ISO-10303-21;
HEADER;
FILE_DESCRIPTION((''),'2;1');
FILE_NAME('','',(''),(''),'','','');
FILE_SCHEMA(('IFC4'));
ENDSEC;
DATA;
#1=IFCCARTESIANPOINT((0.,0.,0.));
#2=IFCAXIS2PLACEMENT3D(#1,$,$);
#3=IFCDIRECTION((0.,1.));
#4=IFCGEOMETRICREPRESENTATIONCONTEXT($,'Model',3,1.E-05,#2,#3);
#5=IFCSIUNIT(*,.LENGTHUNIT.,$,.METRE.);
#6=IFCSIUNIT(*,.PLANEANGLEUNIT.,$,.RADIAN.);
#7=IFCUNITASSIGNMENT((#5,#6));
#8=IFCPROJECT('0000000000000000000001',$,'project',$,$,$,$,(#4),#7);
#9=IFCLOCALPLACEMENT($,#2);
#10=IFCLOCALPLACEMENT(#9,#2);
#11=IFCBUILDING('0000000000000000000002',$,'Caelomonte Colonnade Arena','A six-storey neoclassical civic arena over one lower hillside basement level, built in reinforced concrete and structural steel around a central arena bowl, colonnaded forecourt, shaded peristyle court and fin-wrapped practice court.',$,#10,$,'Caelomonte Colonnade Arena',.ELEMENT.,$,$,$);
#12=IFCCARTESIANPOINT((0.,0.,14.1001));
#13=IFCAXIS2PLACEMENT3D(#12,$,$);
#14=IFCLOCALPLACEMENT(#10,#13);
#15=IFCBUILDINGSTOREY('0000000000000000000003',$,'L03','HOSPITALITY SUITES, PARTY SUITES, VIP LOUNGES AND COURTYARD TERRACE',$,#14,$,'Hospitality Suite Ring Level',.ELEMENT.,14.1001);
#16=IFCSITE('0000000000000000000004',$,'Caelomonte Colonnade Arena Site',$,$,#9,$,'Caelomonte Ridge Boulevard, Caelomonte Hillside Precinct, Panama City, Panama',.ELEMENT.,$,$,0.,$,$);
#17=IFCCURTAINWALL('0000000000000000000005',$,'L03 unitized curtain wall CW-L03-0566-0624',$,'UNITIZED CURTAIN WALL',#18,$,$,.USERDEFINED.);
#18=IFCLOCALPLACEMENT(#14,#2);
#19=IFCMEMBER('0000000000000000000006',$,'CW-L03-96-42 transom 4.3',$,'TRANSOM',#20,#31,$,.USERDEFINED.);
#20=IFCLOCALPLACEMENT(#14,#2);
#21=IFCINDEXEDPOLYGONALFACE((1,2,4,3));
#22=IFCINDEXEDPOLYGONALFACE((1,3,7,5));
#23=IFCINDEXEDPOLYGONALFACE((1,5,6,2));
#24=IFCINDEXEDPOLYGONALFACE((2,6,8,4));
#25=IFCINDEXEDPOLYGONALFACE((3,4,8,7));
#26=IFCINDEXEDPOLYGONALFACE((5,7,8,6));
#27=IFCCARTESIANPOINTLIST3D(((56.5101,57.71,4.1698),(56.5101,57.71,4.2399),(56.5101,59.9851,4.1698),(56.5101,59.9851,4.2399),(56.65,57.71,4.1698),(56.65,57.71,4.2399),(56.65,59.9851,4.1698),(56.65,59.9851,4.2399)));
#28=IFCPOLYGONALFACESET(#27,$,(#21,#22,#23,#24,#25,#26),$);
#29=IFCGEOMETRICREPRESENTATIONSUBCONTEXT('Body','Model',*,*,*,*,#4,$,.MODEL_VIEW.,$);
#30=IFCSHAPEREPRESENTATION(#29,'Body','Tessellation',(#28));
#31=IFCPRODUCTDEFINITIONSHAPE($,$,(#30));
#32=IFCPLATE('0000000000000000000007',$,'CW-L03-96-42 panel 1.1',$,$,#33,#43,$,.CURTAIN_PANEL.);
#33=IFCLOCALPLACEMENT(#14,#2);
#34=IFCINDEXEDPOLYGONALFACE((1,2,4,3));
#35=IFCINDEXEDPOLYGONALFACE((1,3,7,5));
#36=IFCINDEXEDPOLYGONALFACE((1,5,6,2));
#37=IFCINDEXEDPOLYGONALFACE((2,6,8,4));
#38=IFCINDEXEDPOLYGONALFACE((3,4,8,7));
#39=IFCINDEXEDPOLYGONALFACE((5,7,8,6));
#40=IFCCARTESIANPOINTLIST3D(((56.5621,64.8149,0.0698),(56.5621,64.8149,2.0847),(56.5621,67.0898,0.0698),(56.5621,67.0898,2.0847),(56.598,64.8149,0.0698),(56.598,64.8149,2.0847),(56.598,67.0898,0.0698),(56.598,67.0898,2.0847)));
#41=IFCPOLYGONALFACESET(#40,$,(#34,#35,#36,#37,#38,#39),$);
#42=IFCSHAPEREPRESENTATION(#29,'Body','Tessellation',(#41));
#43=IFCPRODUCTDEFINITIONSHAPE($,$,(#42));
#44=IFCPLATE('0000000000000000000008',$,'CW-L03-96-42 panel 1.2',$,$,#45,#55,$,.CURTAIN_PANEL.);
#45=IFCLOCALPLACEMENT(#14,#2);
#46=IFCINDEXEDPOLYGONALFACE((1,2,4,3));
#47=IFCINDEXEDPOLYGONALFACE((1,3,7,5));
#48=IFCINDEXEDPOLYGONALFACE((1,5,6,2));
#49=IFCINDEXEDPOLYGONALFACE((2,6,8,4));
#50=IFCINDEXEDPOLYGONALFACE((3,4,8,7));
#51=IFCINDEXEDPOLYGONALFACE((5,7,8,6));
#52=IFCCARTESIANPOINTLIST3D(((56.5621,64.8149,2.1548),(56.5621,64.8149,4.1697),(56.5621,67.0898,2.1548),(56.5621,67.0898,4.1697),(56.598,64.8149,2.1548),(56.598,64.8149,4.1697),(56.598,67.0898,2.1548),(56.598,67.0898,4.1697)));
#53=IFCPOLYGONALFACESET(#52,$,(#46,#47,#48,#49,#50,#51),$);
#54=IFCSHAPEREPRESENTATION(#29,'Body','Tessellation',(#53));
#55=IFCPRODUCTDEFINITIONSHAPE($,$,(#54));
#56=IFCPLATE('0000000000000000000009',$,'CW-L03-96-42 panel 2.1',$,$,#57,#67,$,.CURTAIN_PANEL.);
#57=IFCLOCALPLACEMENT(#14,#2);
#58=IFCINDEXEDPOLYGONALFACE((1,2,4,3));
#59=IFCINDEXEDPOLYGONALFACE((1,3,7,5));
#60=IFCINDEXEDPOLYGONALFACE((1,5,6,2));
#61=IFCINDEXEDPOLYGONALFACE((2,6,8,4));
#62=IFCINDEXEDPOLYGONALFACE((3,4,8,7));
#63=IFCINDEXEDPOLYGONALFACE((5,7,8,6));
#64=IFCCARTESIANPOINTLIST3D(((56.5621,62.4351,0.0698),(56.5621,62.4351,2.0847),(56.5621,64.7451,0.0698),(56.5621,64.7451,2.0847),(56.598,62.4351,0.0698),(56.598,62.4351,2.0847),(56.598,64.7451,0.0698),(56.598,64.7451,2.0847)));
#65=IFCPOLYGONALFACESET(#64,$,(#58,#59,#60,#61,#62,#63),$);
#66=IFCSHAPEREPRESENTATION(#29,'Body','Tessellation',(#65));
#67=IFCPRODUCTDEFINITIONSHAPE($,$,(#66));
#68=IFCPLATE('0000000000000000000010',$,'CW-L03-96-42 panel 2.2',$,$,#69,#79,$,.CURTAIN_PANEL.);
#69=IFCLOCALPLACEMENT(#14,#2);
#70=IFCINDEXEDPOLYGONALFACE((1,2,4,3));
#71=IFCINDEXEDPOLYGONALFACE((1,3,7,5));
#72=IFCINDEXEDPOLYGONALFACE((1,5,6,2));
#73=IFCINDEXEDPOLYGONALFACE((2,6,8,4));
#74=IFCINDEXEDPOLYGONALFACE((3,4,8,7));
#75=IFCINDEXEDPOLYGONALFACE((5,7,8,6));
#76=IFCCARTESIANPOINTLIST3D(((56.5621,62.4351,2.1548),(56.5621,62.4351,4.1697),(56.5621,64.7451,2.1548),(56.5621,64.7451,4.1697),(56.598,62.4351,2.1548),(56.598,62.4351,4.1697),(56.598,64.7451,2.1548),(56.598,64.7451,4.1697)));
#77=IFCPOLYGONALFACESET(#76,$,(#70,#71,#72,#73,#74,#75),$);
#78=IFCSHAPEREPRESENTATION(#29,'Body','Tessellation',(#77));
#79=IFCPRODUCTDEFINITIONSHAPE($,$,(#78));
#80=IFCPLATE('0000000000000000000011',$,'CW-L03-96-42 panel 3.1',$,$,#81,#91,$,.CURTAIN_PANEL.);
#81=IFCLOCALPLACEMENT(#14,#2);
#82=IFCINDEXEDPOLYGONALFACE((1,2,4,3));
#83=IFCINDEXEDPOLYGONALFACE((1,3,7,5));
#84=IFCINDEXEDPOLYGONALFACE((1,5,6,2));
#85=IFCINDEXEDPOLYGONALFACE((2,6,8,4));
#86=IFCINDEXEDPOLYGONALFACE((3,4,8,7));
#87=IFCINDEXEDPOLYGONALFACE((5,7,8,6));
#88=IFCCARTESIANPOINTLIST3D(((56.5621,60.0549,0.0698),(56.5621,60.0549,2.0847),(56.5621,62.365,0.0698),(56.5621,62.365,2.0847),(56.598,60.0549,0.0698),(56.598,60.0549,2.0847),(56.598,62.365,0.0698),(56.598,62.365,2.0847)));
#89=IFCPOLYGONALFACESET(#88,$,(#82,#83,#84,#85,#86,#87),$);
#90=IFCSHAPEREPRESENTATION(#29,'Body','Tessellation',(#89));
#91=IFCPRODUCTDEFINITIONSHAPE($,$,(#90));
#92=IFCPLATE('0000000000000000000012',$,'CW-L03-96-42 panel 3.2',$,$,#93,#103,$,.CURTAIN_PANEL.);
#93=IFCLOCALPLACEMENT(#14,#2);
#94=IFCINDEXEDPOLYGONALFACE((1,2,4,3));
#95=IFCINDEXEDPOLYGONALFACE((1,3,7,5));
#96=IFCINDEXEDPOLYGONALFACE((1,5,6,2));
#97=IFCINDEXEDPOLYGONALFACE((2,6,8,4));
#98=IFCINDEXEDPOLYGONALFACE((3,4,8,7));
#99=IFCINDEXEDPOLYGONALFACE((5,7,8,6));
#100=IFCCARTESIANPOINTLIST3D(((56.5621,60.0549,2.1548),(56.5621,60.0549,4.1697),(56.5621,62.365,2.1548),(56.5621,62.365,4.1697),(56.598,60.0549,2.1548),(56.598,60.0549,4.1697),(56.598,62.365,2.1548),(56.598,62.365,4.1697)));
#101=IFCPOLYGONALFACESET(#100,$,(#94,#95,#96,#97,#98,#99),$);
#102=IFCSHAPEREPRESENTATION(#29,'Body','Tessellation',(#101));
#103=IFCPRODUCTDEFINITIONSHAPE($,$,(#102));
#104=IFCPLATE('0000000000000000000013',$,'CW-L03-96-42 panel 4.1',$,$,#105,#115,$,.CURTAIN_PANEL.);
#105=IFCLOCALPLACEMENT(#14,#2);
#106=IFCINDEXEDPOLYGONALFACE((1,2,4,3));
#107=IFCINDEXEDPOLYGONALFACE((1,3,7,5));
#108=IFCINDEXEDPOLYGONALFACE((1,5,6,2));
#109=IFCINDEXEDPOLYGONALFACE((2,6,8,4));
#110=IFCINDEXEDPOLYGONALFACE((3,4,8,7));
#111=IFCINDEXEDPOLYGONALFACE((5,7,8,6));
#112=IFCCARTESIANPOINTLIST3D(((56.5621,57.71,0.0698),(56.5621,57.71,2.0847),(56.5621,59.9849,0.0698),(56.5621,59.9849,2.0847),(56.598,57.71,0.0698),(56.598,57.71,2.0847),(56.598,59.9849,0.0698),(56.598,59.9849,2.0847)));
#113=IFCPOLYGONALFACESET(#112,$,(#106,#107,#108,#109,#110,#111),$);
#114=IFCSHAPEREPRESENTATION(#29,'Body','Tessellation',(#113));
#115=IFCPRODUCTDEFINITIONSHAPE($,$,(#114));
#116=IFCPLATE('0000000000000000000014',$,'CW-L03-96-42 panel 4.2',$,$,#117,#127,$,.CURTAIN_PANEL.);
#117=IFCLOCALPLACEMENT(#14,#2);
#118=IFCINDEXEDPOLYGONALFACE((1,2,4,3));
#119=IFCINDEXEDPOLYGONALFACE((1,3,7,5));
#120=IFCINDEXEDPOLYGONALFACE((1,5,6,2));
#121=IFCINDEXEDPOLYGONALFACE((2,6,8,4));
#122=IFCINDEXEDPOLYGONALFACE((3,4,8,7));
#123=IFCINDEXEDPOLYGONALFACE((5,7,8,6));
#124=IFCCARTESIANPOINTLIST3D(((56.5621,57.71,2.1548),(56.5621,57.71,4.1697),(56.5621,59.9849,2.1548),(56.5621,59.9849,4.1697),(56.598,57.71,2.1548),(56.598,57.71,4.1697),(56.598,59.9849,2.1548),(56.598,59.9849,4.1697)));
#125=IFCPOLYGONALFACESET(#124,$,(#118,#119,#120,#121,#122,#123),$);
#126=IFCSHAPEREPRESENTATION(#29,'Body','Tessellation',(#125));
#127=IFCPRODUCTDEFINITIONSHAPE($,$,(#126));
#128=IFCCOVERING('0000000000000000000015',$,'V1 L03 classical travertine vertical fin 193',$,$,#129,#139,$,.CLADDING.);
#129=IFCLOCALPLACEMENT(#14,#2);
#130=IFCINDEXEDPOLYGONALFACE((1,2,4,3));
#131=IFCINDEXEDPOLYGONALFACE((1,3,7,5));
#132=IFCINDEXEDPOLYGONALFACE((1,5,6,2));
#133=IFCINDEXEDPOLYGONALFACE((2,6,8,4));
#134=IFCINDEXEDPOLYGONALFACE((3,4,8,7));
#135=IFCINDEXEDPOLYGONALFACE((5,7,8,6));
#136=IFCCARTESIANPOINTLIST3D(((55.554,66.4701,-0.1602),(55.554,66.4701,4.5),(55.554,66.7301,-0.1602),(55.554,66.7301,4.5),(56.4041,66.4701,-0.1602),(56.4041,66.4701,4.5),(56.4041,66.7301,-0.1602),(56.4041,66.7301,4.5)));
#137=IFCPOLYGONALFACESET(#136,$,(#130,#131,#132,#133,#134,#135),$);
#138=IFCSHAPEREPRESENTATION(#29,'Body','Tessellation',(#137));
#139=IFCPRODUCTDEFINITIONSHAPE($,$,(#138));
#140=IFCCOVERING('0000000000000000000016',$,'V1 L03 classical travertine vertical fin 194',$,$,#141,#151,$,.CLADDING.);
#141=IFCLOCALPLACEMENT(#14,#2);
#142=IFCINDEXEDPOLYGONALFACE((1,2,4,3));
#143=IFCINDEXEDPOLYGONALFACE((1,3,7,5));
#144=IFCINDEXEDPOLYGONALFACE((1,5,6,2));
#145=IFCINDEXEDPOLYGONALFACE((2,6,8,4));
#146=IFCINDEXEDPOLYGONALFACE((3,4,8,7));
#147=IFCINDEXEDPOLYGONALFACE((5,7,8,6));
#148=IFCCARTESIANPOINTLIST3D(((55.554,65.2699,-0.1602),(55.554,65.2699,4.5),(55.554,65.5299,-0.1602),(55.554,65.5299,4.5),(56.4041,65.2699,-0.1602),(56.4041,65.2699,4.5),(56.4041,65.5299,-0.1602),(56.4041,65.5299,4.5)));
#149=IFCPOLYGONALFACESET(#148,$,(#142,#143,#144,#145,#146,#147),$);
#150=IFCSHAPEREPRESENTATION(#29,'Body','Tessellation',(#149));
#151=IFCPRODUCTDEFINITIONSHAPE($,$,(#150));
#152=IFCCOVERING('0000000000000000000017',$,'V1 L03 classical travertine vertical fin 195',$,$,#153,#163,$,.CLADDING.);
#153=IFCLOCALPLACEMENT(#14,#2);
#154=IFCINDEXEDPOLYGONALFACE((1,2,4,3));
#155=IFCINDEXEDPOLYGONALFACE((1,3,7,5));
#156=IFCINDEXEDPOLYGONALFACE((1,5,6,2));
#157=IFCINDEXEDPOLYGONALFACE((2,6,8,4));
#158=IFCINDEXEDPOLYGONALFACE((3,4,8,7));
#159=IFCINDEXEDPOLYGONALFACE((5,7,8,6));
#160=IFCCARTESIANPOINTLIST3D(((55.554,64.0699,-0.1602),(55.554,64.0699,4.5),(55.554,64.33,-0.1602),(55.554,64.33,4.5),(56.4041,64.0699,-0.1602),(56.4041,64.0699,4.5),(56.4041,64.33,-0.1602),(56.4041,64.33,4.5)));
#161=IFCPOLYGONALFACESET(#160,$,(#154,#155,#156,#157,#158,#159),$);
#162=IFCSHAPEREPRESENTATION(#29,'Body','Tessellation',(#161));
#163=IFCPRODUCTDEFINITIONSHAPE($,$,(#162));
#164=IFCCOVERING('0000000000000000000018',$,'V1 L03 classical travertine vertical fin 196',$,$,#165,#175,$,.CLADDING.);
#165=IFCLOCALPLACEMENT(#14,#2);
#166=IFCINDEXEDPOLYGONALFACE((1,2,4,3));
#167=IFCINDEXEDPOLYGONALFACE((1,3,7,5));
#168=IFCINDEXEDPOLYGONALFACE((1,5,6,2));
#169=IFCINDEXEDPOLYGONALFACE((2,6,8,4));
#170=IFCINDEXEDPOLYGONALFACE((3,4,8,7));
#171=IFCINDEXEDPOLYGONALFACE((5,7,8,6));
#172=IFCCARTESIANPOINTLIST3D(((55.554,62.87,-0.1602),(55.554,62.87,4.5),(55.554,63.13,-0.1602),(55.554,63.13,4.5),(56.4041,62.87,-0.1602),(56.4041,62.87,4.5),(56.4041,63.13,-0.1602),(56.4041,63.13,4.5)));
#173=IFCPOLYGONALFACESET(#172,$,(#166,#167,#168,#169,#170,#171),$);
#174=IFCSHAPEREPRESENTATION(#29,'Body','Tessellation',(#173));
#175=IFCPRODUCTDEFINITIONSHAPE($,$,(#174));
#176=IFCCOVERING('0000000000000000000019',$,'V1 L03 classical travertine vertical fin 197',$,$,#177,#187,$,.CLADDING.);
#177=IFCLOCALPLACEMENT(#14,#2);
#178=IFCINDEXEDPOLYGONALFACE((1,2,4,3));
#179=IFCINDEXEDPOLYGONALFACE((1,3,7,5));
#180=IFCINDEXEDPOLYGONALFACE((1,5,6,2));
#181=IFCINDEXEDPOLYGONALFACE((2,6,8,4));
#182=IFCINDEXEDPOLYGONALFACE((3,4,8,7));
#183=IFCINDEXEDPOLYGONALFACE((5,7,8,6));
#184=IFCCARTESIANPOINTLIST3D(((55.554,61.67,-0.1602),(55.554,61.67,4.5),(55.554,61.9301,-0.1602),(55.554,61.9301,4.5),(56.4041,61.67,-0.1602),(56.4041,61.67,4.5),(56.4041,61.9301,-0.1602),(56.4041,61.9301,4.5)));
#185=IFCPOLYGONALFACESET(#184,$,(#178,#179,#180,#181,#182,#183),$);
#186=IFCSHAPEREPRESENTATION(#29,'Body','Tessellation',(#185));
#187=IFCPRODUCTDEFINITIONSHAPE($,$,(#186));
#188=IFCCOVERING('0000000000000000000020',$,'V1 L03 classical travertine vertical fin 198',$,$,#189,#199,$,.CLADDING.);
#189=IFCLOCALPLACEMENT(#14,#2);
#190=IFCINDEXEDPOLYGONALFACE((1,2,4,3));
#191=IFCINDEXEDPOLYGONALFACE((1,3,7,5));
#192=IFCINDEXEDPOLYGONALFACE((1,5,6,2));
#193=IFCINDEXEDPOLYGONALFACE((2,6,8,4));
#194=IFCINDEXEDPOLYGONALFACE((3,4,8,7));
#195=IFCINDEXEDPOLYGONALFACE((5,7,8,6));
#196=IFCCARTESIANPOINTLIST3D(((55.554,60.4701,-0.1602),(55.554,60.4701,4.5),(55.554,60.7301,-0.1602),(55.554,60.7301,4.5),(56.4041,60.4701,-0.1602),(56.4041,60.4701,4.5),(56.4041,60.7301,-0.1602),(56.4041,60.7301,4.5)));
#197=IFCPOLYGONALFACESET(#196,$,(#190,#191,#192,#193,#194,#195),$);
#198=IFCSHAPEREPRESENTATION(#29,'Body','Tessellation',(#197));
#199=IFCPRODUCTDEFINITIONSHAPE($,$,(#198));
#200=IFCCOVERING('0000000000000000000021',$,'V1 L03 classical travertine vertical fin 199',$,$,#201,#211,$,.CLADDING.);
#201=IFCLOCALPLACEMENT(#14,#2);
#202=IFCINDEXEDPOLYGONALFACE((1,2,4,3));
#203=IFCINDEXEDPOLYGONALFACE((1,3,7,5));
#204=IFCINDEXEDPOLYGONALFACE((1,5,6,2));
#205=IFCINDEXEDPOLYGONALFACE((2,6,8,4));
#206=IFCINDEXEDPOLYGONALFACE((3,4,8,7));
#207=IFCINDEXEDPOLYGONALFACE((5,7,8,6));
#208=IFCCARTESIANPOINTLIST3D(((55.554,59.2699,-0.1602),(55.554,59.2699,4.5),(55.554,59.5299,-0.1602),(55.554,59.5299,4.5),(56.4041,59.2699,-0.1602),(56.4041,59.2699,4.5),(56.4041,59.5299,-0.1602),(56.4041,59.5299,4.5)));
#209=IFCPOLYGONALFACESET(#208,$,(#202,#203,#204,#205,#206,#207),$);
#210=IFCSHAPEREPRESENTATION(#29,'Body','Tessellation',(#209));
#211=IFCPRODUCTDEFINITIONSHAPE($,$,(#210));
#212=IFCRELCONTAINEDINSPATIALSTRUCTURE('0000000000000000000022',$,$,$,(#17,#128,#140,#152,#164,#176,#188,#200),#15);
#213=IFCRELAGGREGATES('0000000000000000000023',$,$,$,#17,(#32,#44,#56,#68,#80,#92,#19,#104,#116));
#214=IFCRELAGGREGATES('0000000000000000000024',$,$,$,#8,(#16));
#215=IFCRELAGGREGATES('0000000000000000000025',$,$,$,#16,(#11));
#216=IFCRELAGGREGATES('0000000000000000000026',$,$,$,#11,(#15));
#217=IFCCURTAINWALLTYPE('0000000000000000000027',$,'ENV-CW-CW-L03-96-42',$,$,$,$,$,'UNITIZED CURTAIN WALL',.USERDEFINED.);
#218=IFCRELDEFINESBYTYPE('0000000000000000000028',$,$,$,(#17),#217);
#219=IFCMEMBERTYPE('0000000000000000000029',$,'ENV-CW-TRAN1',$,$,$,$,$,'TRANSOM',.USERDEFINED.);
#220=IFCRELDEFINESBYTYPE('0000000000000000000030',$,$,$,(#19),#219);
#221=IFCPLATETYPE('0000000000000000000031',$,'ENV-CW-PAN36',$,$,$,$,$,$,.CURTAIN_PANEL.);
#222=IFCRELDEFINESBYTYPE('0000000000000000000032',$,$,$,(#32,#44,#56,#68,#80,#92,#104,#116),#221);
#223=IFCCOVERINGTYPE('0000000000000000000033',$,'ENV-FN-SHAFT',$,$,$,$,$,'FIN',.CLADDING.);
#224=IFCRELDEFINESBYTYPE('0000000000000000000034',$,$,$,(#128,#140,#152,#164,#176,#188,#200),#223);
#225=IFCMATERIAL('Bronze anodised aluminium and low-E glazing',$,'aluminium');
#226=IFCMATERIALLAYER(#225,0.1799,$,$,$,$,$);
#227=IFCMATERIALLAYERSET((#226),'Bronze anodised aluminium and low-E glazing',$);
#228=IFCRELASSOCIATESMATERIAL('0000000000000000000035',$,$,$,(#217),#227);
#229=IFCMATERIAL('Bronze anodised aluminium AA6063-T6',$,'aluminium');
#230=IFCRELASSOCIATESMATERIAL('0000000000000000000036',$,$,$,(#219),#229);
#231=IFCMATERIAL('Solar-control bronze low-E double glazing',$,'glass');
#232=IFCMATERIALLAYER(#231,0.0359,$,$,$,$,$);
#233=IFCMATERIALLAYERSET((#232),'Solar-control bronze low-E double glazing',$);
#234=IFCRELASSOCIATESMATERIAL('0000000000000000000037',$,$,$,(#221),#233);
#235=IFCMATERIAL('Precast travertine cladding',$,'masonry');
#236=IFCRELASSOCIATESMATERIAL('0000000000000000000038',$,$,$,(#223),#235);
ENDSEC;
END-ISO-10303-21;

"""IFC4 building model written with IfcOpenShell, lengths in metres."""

from ifc_helpers import new_model, si_unit, direction, frame, origin, origin_2d, place, context, subcontext, project, spatial, rectangle, extrude, material, layer, layer_set, material_profile, profile_set, type_object, element, aggregate, save


model = new_model("IFC4")

# Units and contexts
model_context = context("Model", 3, precision=1e-05, world=origin(), true_north=direction((0.0, 1.0)))
body_context = subcontext(model_context, "Body", "Model", "MODEL_VIEW")
ifc_project = project(units=[si_unit("LENGTHUNIT", "METRE"), si_unit("PLANEANGLEUNIT", "RADIAN")], contexts=[model_context])

# Site, building, storey
site_placement = place(None, origin())
site = spatial("IfcSite", under=ifc_project, at=site_placement, Name="Caelomonte Colonnade Arena Site", LongName="Caelomonte Ridge Boulevard, Caelomonte Hillside Precinct, Panama City, Panama", CompositionType="ELEMENT", RefElevation=0.0)
building_placement = place(site_placement, origin())
building = spatial("IfcBuilding", under=site, at=building_placement, Name="Caelomonte Colonnade Arena", Description="A six-storey neoclassical civic arena over one lower hillside basement level, built in reinforced concrete and structural steel around a central arena bowl, colonnaded forecourt, shaded peristyle court and fin-wrapped practice court.", LongName="Caelomonte Colonnade Arena", CompositionType="ELEMENT")
storey_placement = place(building_placement, frame((0.0, 0.0, 14.1001)))
storey = spatial("IfcBuildingStorey", under=building, at=storey_placement, Name="L03", Description="HOSPITALITY SUITES, PARTY SUITES, VIP LOUNGES AND COURTYARD TERRACE", LongName="Hospitality Suite Ring Level", CompositionType="ELEMENT", Elevation=14.1001)

# Curtain wall, member, plates
ifc_material_1 = material(Name="Bronze anodised aluminium and low-E glazing", Category="aluminium")
ifc_layer_1 = layer(ifc_material_1, 0.1799)
ifc_layer_set_1 = layer_set([ifc_layer_1], Name="Bronze anodised aluminium and low-E glazing")
curtain_wall_type = type_object("IfcCurtainWallType", Name="ENV-CW-CW-L03-96-42", ElementType="UNITIZED CURTAIN WALL", PredefinedType="USERDEFINED", material=ifc_layer_set_1)
curtain_wall_placement = place(storey_placement, origin())
curtain_wall = element("IfcCurtainWall", 1, at=curtain_wall_placement, inside=storey, type_object=curtain_wall_type, Name="L03 unitized curtain wall CW-L03-0566-0624", ObjectType="UNITIZED CURTAIN WALL", PredefinedType="USERDEFINED")
ifc_material_2 = material(Name="Bronze anodised aluminium AA6063-T6", Category="aluminium")
ifc_material_profile_1 = material_profile(ifc_material_2, rectangle(XDim=0.0701, YDim=0.1399, at=origin_2d()), Name="CWT-70X140")
ifc_profile_set_1 = profile_set([ifc_material_profile_1], Name="Bronze anodised aluminium AA6063-T6")
member_type_1 = type_object("IfcMemberType", Name="ENV-CW-TRAN1", ElementType="TRANSOM", PredefinedType="USERDEFINED", material=ifc_profile_set_1)
member_1_placement = place(storey_placement, frame((56.5801, 59.9851, 4.2048), z_axis=(0.0, -1.0, 0.0), x_axis=(0.0, 0.0, 1.0)))
member_1 = element("IfcMember", 2, at=member_1_placement, type_object=member_type_1, Name="CW-L03-96-42 transom 4.3", ObjectType="TRANSOM", PredefinedType="USERDEFINED", context=body_context, shape_type="SweptSolid", body=[
    extrude(rectangle(XDim=0.0701, YDim=0.1399, at=origin_2d()), origin(), (0.0, 0.0, 1.0), 2.2751),
])
ifc_material_3 = material(Name="Solar-control bronze low-E double glazing", Category="glass")
ifc_layer_2 = layer(ifc_material_3, 0.0359)
ifc_layer_set_2 = layer_set([ifc_layer_2], Name="Solar-control bronze low-E double glazing")
plate_type = type_object("IfcPlateType", Name="ENV-CW-PAN36", PredefinedType="CURTAIN_PANEL", material=ifc_layer_set_2)
plate_1_placement = place(storey_placement, frame((56.5801, 65.9524, 0.0698), z_axis=(0.0, 0.0, 1.0), x_axis=(0.0, -1.0, 0.0)))
plate_1 = element("IfcPlate", 3, at=plate_1_placement, type_object=plate_type, Name="CW-L03-96-42 panel 1.1", PredefinedType="CURTAIN_PANEL", context=body_context, shape_type="SweptSolid", body=[
    extrude(rectangle(XDim=2.2749, YDim=0.0359, at=origin_2d()), origin(), (0.0, 0.0, 1.0), 2.0149),
])
plate_2_placement = place(storey_placement, frame((56.5801, 65.9524, 2.1548), z_axis=(0.0, 0.0, 1.0), x_axis=(0.0, -1.0, 0.0)))
plate_2 = element("IfcPlate", 4, at=plate_2_placement, type_object=plate_type, Name="CW-L03-96-42 panel 1.2", PredefinedType="CURTAIN_PANEL", context=body_context, shape_type="SweptSolid", body=[
    extrude(rectangle(XDim=2.2749, YDim=0.0359, at=origin_2d()), origin(), (0.0, 0.0, 1.0), 2.0149),
])
plate_3_placement = place(storey_placement, frame((56.5801, 63.5901, 0.0698), z_axis=(0.0, 0.0, 1.0), x_axis=(0.0, -1.0, 0.0)))
plate_3 = element("IfcPlate", 5, at=plate_3_placement, type_object=plate_type, Name="CW-L03-96-42 panel 2.1", PredefinedType="CURTAIN_PANEL", context=body_context, shape_type="SweptSolid", body=[
    extrude(rectangle(XDim=2.3101, YDim=0.0359, at=origin_2d()), origin(), (0.0, 0.0, 1.0), 2.0149),
])
plate_4_placement = place(storey_placement, frame((56.5801, 63.5901, 2.1548), z_axis=(0.0, 0.0, 1.0), x_axis=(0.0, -1.0, 0.0)))
plate_4 = element("IfcPlate", 6, at=plate_4_placement, type_object=plate_type, Name="CW-L03-96-42 panel 2.2", PredefinedType="CURTAIN_PANEL", context=body_context, shape_type="SweptSolid", body=[
    extrude(rectangle(XDim=2.3101, YDim=0.0359, at=origin_2d()), origin(), (0.0, 0.0, 1.0), 2.0149),
])
plate_5_placement = place(storey_placement, frame((56.5801, 61.21, 0.0698), z_axis=(0.0, 0.0, 1.0), x_axis=(0.0, -1.0, 0.0)))
plate_5 = element("IfcPlate", 7, at=plate_5_placement, type_object=plate_type, Name="CW-L03-96-42 panel 3.1", PredefinedType="CURTAIN_PANEL", context=body_context, shape_type="SweptSolid", body=[
    extrude(rectangle(XDim=2.3101, YDim=0.0359, at=origin_2d()), origin(), (0.0, 0.0, 1.0), 2.0149),
])
plate_6_placement = place(storey_placement, frame((56.5801, 61.21, 2.1548), z_axis=(0.0, 0.0, 1.0), x_axis=(0.0, -1.0, 0.0)))
plate_6 = element("IfcPlate", 8, at=plate_6_placement, type_object=plate_type, Name="CW-L03-96-42 panel 3.2", PredefinedType="CURTAIN_PANEL", context=body_context, shape_type="SweptSolid", body=[
    extrude(rectangle(XDim=2.3101, YDim=0.0359, at=origin_2d()), origin(), (0.0, 0.0, 1.0), 2.0149),
])
plate_7_placement = place(storey_placement, frame((56.5801, 58.8474, 0.0698), z_axis=(0.0, 0.0, 1.0), x_axis=(0.0, -1.0, 0.0)))
plate_7 = element("IfcPlate", 9, at=plate_7_placement, type_object=plate_type, Name="CW-L03-96-42 panel 4.1", PredefinedType="CURTAIN_PANEL", context=body_context, shape_type="SweptSolid", body=[
    extrude(rectangle(XDim=2.2749, YDim=0.0359, at=origin_2d()), origin(), (0.0, 0.0, 1.0), 2.0149),
])
plate_8_placement = place(storey_placement, frame((56.5801, 58.8474, 2.1548), z_axis=(0.0, 0.0, 1.0), x_axis=(0.0, -1.0, 0.0)))
plate_8 = element("IfcPlate", 10, at=plate_8_placement, type_object=plate_type, Name="CW-L03-96-42 panel 4.2", PredefinedType="CURTAIN_PANEL", context=body_context, shape_type="SweptSolid", body=[
    extrude(rectangle(XDim=2.2749, YDim=0.0359, at=origin_2d()), origin(), (0.0, 0.0, 1.0), 2.0149),
])
aggregate(curtain_wall, [plate_1, plate_2, plate_3, plate_4, plate_5, plate_6, member_1, plate_7, plate_8])

# Coverings
ifc_material_4 = material(Name="Precast travertine cladding", Category="masonry")
ifc_material_profile_2 = material_profile(ifc_material_4, rectangle(XDim=0.26, YDim=0.8501, at=origin_2d()), Name="FIN260X850")
ifc_profile_set_2 = profile_set([ifc_material_profile_2], Name="Precast travertine cladding")
covering_type = type_object("IfcCoveringType", Name="ENV-FN-SHAFT", ElementType="FIN", PredefinedType="CLADDING", material=ifc_profile_set_2)
for number, where, z_axis, x_axis, name in (
    (11, (55.979, 66.6001, -0.1602), (0.0, 0.0, 1.0), (0.0, 1.0, 0.0), "V1 L03 classical travertine vertical fin 193"),
    (12, (55.979, 65.3999, -0.1602), (0.0, 0.0, 1.0), (0.0, 1.0, 0.0), "V1 L03 classical travertine vertical fin 194"),
    (13, (55.979, 64.2, -0.1602), (0.0, 0.0, 1.0), (0.0, 1.0, 0.0), "V1 L03 classical travertine vertical fin 195"),
    (14, (55.979, 63.0, -0.1602), (0.0, 0.0, 1.0), (0.0, 1.0, 0.0), "V1 L03 classical travertine vertical fin 196"),
    (15, (55.979, 61.8, -0.1602), (0.0, 0.0, 1.0), (0.0, 1.0, 0.0), "V1 L03 classical travertine vertical fin 197"),
    (16, (55.979, 60.6001, -0.1602), (0.0, 0.0, 1.0), (0.0, 1.0, 0.0), "V1 L03 classical travertine vertical fin 198"),
    (17, (55.979, 59.3999, -0.1602), (0.0, 0.0, 1.0), (0.0, 1.0, 0.0), "V1 L03 classical travertine vertical fin 199"),
):
    element("IfcCovering", number, at=place(storey_placement, frame(where, z_axis=z_axis, x_axis=x_axis)), inside=storey, type_object=covering_type, Name=name, PredefinedType="CLADDING", context=body_context, shape_type="SweptSolid", body=[
        extrude(rectangle(XDim=0.26, YDim=0.8501, at=origin_2d()), origin(), (0.0, 0.0, 1.0), 4.6602),
    ])

save(model, "model.ifc")
